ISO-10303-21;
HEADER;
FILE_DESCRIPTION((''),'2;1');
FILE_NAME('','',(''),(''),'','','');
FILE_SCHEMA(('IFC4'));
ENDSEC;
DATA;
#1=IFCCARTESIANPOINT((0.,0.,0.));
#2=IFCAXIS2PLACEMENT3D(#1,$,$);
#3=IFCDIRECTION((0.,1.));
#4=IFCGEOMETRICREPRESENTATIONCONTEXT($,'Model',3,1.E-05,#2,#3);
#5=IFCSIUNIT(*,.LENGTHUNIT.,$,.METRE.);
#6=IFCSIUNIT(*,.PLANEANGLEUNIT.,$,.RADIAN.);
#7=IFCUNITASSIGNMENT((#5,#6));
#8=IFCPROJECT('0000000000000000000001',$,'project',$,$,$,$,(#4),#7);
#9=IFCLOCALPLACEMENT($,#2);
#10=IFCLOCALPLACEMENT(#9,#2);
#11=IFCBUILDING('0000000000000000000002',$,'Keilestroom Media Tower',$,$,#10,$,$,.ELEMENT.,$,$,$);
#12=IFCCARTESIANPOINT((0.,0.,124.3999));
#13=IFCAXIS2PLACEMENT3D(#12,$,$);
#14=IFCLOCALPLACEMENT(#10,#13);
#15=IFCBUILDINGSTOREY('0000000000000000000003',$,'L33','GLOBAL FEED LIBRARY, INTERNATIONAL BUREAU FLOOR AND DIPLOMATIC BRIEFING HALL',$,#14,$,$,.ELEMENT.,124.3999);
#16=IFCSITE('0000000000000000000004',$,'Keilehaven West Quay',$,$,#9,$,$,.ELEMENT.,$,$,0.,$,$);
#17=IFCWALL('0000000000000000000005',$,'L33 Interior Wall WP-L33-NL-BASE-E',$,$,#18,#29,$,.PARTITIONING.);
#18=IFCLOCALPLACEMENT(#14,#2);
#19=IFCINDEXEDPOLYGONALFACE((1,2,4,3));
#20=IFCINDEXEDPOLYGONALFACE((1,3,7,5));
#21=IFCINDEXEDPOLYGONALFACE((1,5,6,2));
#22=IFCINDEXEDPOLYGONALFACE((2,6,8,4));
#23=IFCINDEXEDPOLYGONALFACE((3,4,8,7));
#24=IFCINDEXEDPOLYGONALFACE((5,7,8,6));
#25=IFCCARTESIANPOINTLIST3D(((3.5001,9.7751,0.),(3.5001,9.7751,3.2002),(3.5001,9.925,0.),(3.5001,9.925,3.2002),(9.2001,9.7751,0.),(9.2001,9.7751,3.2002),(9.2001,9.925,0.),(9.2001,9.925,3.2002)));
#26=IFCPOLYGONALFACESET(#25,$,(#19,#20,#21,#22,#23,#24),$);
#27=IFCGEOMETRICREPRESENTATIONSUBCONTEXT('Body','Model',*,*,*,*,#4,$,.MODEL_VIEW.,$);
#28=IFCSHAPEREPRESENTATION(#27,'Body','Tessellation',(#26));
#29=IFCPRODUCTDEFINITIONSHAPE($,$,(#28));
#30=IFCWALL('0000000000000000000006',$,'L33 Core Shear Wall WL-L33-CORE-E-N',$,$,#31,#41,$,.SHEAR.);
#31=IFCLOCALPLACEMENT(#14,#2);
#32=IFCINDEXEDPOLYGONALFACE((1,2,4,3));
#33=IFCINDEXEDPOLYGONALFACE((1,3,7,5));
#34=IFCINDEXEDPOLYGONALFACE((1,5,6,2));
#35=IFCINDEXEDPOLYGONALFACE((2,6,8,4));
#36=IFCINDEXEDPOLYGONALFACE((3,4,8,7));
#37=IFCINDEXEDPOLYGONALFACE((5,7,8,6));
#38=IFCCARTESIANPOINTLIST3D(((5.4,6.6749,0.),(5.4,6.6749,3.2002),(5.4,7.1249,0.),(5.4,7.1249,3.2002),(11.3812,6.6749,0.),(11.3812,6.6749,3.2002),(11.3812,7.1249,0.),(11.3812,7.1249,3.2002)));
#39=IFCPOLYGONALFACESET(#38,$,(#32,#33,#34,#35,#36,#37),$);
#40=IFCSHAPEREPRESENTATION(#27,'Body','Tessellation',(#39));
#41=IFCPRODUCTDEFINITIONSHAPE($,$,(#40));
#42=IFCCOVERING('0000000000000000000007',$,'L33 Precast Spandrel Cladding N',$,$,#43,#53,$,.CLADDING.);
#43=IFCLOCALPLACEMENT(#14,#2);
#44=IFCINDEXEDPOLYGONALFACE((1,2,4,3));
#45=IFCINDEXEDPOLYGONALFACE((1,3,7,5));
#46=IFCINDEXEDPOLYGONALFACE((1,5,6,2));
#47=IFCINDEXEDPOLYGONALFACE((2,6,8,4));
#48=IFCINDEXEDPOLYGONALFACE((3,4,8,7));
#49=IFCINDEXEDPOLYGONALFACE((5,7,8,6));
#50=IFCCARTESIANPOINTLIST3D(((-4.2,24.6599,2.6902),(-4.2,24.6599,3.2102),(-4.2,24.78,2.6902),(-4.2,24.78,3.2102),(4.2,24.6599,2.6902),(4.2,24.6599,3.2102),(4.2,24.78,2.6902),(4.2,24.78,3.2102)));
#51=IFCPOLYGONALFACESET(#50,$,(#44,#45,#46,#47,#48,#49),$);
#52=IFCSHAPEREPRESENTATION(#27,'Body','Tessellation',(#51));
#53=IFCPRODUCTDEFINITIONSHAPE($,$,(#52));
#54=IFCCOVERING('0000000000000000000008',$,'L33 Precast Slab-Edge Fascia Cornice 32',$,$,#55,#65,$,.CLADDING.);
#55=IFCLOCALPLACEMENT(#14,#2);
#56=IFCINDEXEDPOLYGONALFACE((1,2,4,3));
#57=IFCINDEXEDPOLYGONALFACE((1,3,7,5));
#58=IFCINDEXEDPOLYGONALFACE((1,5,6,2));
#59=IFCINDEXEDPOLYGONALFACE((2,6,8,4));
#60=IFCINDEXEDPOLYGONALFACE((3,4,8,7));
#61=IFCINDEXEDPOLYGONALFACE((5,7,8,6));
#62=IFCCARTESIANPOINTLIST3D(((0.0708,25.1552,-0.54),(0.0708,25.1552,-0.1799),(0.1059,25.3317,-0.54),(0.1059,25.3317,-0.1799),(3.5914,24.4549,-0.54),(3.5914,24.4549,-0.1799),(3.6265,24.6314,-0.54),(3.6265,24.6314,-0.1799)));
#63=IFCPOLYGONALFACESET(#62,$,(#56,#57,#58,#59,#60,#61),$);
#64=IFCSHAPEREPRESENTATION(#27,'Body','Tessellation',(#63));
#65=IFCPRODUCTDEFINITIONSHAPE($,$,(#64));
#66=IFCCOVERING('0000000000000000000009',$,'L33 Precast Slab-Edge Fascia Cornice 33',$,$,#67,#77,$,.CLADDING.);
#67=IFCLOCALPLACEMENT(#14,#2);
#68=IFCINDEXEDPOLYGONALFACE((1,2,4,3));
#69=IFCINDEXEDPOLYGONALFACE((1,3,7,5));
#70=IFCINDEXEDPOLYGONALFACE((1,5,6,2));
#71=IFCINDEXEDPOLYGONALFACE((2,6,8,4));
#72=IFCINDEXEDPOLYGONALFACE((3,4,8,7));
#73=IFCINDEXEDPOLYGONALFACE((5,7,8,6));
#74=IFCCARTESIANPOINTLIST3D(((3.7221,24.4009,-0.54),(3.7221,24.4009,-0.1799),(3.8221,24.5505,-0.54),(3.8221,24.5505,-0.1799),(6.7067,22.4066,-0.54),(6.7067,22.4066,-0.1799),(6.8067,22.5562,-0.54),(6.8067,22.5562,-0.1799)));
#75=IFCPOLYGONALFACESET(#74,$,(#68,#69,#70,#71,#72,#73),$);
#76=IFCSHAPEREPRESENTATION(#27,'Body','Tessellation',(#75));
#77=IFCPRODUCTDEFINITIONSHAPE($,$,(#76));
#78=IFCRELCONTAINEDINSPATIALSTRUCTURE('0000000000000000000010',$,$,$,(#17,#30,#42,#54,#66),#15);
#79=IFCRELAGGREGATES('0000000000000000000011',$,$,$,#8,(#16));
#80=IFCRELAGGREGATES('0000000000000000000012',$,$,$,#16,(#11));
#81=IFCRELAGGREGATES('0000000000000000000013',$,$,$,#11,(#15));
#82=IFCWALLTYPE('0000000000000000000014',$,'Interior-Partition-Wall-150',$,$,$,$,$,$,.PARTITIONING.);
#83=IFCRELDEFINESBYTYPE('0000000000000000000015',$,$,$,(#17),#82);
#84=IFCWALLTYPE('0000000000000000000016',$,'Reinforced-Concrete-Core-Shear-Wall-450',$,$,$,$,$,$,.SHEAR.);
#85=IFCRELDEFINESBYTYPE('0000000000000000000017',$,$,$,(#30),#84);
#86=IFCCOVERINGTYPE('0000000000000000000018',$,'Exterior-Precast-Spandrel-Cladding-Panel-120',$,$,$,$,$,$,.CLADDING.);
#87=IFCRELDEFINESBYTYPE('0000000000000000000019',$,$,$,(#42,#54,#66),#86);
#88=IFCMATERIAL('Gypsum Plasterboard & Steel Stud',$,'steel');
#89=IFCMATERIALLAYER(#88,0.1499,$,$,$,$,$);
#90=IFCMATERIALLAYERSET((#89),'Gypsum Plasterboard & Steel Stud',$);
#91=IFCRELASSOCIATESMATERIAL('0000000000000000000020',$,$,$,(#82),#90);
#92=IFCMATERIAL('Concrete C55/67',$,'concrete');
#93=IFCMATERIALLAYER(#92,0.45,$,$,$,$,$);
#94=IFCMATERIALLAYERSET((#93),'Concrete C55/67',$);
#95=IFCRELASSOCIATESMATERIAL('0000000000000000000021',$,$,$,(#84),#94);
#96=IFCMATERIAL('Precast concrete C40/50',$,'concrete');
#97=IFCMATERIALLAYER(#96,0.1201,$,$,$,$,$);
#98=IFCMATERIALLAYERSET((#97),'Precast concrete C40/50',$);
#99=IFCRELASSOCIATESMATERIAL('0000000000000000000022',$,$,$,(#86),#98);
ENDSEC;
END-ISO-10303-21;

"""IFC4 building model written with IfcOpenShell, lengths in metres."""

from ifc_helpers import new_model, si_unit, direction, frame, frame_2d, origin, origin_2d, place, context, subcontext, project, spatial, rectangle, extrude, source, transform, mapped, material, layer, layer_set, type_object, element, save


model = new_model("IFC4")

# Units and contexts
model_context = context("Model", 3, precision=1e-05, world=origin(), true_north=direction((0.0, 1.0)))
body_context = subcontext(model_context, "Body", "Model", "MODEL_VIEW")
ifc_project = project(units=[si_unit("LENGTHUNIT", "METRE"), si_unit("PLANEANGLEUNIT", "RADIAN")], contexts=[model_context])

# Site, building, storey
site_placement = place(None, origin())
site = spatial("IfcSite", under=ifc_project, at=site_placement, Name="Keilehaven West Quay", CompositionType="ELEMENT", RefElevation=0.0)
building_placement = place(site_placement, origin())
building = spatial("IfcBuilding", under=site, at=building_placement, Name="Keilestroom Media Tower", CompositionType="ELEMENT")
storey_placement = place(building_placement, frame((0.0, 0.0, 124.3999)))
storey = spatial("IfcBuildingStorey", under=building, at=storey_placement, Name="L33", Description="GLOBAL FEED LIBRARY, INTERNATIONAL BUREAU FLOOR AND DIPLOMATIC BRIEFING HALL", CompositionType="ELEMENT", Elevation=124.3999)

# Shared definitions
ifc_material_1 = material(Name="Concrete C55/67", Category="concrete")

# Shared definitions
ifc_material_2 = material(Name="Precast concrete C40/50", Category="concrete")

# Shared definitions
ifc_material_3 = material(Name="Gypsum Plasterboard & Steel Stud", Category="steel")

# Walls
ifc_layer_1 = layer(ifc_material_3, 0.1499)
ifc_layer_set_1 = layer_set([ifc_layer_1], Name="Gypsum Plasterboard & Steel Stud")
wall_type_1 = type_object("IfcWallType", Name="Interior-Partition-Wall-150", PredefinedType="PARTITIONING", material=ifc_layer_set_1)
wall_1_placement = place(storey_placement, frame((3.5, 9.8501, 0.0), z_axis=(0.0, 0.0, 1.0), x_axis=(1.0, 0.0, 0.0)))
element("IfcWall", 1, at=wall_1_placement, inside=storey, type_object=wall_type_1, Name="L33 Interior Wall WP-L33-NL-BASE-E", PredefinedType="PARTITIONING", context=body_context, shape_type="SweptSolid", body=[
    extrude(rectangle(XDim=5.7, YDim=0.1499, at=frame_2d((2.8501, 0.0))), origin(), (0.0, 0.0, 1.0), 3.2002),
])
ifc_layer_2 = layer(ifc_material_1, 0.45)
ifc_layer_set_2 = layer_set([ifc_layer_2], Name="Concrete C55/67")
wall_type_2 = type_object("IfcWallType", Name="Reinforced-Concrete-Core-Shear-Wall-450", PredefinedType="SHEAR", material=ifc_layer_set_2)
wall_2_placement = place(storey_placement, frame((5.3999, 6.8999, 0.0), z_axis=(0.0, 0.0, 1.0), x_axis=(1.0, 0.0, 0.0)))
element("IfcWall", 2, at=wall_2_placement, inside=storey, type_object=wall_type_2, Name="L33 Core Shear Wall WL-L33-CORE-E-N", PredefinedType="SHEAR", context=body_context, shape_type="SweptSolid", body=[
    extrude(rectangle(XDim=5.9812, YDim=0.45, at=frame_2d((2.9907, 0.0))), origin(), (0.0, 0.0, 1.0), 3.2002),
])

# Coverings
ifc_layer_3 = layer(ifc_material_2, 0.1201)
ifc_layer_set_3 = layer_set([ifc_layer_3], Name="Precast concrete C40/50")
covering_type = type_object("IfcCoveringType", Name="Exterior-Precast-Spandrel-Cladding-Panel-120", PredefinedType="CLADDING", material=ifc_layer_set_3)
shared_shape_1 = source(origin(), body_context, "Body", "SweptSolid", [
    extrude(rectangle(XDim=8.3999, YDim=0.1201, at=origin_2d()), origin(), (0.0, 0.0, 1.0), 0.52),
])
covering_placement = place(storey_placement, frame((0.0, 24.72, 2.6902), z_axis=(0.0, 0.0, 1.0), x_axis=(1.0, 0.0, 0.0)))
element("IfcCovering", 3, at=covering_placement, inside=storey, type_object=covering_type, Name="L33 Precast Spandrel Cladding N", PredefinedType="CLADDING", context=body_context, shape_type="MappedRepresentation", body=[
    mapped(shared_shape_1, transform((0.0, 0.0, 0.0), x_axis=(1.0, 0.0, 0.0), y_axis=(0.0, 1.0, 0.0), z_axis=(0.0, 0.0, 1.0), scale=1.0)),
])
shared_shape_2 = source(origin(), body_context, "Body", "SweptSolid", [
    extrude(rectangle(XDim=3.5896, YDim=0.1799, at=origin_2d()), origin(), (0.0, 0.0, 1.0), 0.3601),
])
for number, where, z_axis, x_axis, name in (
    (4, (1.8486, 24.8933, -0.54), (0.0, 0.0, 1.0), (0.980784, -0.195099, 0.0), "L33 Precast Slab-Edge Fascia Cornice 32"),
    (5, (5.2644, 23.4785, -0.54), (0.0, 0.0, 1.0), (0.831467, -0.555575, 0.0), "L33 Precast Slab-Edge Fascia Cornice 33"),
):
    element("IfcCovering", number, at=place(storey_placement, frame(where, z_axis=z_axis, x_axis=x_axis)), inside=storey, type_object=covering_type, Name=name, PredefinedType="CLADDING", context=body_context, shape_type="MappedRepresentation", body=[
        mapped(shared_shape_2, transform((0.0, 0.0, 0.0), x_axis=(1.0, 0.0, 0.0), y_axis=(0.0, 1.0, 0.0), z_axis=(0.0, 0.0, 1.0), scale=1.0)),
    ])

save(model, "model.ifc")
